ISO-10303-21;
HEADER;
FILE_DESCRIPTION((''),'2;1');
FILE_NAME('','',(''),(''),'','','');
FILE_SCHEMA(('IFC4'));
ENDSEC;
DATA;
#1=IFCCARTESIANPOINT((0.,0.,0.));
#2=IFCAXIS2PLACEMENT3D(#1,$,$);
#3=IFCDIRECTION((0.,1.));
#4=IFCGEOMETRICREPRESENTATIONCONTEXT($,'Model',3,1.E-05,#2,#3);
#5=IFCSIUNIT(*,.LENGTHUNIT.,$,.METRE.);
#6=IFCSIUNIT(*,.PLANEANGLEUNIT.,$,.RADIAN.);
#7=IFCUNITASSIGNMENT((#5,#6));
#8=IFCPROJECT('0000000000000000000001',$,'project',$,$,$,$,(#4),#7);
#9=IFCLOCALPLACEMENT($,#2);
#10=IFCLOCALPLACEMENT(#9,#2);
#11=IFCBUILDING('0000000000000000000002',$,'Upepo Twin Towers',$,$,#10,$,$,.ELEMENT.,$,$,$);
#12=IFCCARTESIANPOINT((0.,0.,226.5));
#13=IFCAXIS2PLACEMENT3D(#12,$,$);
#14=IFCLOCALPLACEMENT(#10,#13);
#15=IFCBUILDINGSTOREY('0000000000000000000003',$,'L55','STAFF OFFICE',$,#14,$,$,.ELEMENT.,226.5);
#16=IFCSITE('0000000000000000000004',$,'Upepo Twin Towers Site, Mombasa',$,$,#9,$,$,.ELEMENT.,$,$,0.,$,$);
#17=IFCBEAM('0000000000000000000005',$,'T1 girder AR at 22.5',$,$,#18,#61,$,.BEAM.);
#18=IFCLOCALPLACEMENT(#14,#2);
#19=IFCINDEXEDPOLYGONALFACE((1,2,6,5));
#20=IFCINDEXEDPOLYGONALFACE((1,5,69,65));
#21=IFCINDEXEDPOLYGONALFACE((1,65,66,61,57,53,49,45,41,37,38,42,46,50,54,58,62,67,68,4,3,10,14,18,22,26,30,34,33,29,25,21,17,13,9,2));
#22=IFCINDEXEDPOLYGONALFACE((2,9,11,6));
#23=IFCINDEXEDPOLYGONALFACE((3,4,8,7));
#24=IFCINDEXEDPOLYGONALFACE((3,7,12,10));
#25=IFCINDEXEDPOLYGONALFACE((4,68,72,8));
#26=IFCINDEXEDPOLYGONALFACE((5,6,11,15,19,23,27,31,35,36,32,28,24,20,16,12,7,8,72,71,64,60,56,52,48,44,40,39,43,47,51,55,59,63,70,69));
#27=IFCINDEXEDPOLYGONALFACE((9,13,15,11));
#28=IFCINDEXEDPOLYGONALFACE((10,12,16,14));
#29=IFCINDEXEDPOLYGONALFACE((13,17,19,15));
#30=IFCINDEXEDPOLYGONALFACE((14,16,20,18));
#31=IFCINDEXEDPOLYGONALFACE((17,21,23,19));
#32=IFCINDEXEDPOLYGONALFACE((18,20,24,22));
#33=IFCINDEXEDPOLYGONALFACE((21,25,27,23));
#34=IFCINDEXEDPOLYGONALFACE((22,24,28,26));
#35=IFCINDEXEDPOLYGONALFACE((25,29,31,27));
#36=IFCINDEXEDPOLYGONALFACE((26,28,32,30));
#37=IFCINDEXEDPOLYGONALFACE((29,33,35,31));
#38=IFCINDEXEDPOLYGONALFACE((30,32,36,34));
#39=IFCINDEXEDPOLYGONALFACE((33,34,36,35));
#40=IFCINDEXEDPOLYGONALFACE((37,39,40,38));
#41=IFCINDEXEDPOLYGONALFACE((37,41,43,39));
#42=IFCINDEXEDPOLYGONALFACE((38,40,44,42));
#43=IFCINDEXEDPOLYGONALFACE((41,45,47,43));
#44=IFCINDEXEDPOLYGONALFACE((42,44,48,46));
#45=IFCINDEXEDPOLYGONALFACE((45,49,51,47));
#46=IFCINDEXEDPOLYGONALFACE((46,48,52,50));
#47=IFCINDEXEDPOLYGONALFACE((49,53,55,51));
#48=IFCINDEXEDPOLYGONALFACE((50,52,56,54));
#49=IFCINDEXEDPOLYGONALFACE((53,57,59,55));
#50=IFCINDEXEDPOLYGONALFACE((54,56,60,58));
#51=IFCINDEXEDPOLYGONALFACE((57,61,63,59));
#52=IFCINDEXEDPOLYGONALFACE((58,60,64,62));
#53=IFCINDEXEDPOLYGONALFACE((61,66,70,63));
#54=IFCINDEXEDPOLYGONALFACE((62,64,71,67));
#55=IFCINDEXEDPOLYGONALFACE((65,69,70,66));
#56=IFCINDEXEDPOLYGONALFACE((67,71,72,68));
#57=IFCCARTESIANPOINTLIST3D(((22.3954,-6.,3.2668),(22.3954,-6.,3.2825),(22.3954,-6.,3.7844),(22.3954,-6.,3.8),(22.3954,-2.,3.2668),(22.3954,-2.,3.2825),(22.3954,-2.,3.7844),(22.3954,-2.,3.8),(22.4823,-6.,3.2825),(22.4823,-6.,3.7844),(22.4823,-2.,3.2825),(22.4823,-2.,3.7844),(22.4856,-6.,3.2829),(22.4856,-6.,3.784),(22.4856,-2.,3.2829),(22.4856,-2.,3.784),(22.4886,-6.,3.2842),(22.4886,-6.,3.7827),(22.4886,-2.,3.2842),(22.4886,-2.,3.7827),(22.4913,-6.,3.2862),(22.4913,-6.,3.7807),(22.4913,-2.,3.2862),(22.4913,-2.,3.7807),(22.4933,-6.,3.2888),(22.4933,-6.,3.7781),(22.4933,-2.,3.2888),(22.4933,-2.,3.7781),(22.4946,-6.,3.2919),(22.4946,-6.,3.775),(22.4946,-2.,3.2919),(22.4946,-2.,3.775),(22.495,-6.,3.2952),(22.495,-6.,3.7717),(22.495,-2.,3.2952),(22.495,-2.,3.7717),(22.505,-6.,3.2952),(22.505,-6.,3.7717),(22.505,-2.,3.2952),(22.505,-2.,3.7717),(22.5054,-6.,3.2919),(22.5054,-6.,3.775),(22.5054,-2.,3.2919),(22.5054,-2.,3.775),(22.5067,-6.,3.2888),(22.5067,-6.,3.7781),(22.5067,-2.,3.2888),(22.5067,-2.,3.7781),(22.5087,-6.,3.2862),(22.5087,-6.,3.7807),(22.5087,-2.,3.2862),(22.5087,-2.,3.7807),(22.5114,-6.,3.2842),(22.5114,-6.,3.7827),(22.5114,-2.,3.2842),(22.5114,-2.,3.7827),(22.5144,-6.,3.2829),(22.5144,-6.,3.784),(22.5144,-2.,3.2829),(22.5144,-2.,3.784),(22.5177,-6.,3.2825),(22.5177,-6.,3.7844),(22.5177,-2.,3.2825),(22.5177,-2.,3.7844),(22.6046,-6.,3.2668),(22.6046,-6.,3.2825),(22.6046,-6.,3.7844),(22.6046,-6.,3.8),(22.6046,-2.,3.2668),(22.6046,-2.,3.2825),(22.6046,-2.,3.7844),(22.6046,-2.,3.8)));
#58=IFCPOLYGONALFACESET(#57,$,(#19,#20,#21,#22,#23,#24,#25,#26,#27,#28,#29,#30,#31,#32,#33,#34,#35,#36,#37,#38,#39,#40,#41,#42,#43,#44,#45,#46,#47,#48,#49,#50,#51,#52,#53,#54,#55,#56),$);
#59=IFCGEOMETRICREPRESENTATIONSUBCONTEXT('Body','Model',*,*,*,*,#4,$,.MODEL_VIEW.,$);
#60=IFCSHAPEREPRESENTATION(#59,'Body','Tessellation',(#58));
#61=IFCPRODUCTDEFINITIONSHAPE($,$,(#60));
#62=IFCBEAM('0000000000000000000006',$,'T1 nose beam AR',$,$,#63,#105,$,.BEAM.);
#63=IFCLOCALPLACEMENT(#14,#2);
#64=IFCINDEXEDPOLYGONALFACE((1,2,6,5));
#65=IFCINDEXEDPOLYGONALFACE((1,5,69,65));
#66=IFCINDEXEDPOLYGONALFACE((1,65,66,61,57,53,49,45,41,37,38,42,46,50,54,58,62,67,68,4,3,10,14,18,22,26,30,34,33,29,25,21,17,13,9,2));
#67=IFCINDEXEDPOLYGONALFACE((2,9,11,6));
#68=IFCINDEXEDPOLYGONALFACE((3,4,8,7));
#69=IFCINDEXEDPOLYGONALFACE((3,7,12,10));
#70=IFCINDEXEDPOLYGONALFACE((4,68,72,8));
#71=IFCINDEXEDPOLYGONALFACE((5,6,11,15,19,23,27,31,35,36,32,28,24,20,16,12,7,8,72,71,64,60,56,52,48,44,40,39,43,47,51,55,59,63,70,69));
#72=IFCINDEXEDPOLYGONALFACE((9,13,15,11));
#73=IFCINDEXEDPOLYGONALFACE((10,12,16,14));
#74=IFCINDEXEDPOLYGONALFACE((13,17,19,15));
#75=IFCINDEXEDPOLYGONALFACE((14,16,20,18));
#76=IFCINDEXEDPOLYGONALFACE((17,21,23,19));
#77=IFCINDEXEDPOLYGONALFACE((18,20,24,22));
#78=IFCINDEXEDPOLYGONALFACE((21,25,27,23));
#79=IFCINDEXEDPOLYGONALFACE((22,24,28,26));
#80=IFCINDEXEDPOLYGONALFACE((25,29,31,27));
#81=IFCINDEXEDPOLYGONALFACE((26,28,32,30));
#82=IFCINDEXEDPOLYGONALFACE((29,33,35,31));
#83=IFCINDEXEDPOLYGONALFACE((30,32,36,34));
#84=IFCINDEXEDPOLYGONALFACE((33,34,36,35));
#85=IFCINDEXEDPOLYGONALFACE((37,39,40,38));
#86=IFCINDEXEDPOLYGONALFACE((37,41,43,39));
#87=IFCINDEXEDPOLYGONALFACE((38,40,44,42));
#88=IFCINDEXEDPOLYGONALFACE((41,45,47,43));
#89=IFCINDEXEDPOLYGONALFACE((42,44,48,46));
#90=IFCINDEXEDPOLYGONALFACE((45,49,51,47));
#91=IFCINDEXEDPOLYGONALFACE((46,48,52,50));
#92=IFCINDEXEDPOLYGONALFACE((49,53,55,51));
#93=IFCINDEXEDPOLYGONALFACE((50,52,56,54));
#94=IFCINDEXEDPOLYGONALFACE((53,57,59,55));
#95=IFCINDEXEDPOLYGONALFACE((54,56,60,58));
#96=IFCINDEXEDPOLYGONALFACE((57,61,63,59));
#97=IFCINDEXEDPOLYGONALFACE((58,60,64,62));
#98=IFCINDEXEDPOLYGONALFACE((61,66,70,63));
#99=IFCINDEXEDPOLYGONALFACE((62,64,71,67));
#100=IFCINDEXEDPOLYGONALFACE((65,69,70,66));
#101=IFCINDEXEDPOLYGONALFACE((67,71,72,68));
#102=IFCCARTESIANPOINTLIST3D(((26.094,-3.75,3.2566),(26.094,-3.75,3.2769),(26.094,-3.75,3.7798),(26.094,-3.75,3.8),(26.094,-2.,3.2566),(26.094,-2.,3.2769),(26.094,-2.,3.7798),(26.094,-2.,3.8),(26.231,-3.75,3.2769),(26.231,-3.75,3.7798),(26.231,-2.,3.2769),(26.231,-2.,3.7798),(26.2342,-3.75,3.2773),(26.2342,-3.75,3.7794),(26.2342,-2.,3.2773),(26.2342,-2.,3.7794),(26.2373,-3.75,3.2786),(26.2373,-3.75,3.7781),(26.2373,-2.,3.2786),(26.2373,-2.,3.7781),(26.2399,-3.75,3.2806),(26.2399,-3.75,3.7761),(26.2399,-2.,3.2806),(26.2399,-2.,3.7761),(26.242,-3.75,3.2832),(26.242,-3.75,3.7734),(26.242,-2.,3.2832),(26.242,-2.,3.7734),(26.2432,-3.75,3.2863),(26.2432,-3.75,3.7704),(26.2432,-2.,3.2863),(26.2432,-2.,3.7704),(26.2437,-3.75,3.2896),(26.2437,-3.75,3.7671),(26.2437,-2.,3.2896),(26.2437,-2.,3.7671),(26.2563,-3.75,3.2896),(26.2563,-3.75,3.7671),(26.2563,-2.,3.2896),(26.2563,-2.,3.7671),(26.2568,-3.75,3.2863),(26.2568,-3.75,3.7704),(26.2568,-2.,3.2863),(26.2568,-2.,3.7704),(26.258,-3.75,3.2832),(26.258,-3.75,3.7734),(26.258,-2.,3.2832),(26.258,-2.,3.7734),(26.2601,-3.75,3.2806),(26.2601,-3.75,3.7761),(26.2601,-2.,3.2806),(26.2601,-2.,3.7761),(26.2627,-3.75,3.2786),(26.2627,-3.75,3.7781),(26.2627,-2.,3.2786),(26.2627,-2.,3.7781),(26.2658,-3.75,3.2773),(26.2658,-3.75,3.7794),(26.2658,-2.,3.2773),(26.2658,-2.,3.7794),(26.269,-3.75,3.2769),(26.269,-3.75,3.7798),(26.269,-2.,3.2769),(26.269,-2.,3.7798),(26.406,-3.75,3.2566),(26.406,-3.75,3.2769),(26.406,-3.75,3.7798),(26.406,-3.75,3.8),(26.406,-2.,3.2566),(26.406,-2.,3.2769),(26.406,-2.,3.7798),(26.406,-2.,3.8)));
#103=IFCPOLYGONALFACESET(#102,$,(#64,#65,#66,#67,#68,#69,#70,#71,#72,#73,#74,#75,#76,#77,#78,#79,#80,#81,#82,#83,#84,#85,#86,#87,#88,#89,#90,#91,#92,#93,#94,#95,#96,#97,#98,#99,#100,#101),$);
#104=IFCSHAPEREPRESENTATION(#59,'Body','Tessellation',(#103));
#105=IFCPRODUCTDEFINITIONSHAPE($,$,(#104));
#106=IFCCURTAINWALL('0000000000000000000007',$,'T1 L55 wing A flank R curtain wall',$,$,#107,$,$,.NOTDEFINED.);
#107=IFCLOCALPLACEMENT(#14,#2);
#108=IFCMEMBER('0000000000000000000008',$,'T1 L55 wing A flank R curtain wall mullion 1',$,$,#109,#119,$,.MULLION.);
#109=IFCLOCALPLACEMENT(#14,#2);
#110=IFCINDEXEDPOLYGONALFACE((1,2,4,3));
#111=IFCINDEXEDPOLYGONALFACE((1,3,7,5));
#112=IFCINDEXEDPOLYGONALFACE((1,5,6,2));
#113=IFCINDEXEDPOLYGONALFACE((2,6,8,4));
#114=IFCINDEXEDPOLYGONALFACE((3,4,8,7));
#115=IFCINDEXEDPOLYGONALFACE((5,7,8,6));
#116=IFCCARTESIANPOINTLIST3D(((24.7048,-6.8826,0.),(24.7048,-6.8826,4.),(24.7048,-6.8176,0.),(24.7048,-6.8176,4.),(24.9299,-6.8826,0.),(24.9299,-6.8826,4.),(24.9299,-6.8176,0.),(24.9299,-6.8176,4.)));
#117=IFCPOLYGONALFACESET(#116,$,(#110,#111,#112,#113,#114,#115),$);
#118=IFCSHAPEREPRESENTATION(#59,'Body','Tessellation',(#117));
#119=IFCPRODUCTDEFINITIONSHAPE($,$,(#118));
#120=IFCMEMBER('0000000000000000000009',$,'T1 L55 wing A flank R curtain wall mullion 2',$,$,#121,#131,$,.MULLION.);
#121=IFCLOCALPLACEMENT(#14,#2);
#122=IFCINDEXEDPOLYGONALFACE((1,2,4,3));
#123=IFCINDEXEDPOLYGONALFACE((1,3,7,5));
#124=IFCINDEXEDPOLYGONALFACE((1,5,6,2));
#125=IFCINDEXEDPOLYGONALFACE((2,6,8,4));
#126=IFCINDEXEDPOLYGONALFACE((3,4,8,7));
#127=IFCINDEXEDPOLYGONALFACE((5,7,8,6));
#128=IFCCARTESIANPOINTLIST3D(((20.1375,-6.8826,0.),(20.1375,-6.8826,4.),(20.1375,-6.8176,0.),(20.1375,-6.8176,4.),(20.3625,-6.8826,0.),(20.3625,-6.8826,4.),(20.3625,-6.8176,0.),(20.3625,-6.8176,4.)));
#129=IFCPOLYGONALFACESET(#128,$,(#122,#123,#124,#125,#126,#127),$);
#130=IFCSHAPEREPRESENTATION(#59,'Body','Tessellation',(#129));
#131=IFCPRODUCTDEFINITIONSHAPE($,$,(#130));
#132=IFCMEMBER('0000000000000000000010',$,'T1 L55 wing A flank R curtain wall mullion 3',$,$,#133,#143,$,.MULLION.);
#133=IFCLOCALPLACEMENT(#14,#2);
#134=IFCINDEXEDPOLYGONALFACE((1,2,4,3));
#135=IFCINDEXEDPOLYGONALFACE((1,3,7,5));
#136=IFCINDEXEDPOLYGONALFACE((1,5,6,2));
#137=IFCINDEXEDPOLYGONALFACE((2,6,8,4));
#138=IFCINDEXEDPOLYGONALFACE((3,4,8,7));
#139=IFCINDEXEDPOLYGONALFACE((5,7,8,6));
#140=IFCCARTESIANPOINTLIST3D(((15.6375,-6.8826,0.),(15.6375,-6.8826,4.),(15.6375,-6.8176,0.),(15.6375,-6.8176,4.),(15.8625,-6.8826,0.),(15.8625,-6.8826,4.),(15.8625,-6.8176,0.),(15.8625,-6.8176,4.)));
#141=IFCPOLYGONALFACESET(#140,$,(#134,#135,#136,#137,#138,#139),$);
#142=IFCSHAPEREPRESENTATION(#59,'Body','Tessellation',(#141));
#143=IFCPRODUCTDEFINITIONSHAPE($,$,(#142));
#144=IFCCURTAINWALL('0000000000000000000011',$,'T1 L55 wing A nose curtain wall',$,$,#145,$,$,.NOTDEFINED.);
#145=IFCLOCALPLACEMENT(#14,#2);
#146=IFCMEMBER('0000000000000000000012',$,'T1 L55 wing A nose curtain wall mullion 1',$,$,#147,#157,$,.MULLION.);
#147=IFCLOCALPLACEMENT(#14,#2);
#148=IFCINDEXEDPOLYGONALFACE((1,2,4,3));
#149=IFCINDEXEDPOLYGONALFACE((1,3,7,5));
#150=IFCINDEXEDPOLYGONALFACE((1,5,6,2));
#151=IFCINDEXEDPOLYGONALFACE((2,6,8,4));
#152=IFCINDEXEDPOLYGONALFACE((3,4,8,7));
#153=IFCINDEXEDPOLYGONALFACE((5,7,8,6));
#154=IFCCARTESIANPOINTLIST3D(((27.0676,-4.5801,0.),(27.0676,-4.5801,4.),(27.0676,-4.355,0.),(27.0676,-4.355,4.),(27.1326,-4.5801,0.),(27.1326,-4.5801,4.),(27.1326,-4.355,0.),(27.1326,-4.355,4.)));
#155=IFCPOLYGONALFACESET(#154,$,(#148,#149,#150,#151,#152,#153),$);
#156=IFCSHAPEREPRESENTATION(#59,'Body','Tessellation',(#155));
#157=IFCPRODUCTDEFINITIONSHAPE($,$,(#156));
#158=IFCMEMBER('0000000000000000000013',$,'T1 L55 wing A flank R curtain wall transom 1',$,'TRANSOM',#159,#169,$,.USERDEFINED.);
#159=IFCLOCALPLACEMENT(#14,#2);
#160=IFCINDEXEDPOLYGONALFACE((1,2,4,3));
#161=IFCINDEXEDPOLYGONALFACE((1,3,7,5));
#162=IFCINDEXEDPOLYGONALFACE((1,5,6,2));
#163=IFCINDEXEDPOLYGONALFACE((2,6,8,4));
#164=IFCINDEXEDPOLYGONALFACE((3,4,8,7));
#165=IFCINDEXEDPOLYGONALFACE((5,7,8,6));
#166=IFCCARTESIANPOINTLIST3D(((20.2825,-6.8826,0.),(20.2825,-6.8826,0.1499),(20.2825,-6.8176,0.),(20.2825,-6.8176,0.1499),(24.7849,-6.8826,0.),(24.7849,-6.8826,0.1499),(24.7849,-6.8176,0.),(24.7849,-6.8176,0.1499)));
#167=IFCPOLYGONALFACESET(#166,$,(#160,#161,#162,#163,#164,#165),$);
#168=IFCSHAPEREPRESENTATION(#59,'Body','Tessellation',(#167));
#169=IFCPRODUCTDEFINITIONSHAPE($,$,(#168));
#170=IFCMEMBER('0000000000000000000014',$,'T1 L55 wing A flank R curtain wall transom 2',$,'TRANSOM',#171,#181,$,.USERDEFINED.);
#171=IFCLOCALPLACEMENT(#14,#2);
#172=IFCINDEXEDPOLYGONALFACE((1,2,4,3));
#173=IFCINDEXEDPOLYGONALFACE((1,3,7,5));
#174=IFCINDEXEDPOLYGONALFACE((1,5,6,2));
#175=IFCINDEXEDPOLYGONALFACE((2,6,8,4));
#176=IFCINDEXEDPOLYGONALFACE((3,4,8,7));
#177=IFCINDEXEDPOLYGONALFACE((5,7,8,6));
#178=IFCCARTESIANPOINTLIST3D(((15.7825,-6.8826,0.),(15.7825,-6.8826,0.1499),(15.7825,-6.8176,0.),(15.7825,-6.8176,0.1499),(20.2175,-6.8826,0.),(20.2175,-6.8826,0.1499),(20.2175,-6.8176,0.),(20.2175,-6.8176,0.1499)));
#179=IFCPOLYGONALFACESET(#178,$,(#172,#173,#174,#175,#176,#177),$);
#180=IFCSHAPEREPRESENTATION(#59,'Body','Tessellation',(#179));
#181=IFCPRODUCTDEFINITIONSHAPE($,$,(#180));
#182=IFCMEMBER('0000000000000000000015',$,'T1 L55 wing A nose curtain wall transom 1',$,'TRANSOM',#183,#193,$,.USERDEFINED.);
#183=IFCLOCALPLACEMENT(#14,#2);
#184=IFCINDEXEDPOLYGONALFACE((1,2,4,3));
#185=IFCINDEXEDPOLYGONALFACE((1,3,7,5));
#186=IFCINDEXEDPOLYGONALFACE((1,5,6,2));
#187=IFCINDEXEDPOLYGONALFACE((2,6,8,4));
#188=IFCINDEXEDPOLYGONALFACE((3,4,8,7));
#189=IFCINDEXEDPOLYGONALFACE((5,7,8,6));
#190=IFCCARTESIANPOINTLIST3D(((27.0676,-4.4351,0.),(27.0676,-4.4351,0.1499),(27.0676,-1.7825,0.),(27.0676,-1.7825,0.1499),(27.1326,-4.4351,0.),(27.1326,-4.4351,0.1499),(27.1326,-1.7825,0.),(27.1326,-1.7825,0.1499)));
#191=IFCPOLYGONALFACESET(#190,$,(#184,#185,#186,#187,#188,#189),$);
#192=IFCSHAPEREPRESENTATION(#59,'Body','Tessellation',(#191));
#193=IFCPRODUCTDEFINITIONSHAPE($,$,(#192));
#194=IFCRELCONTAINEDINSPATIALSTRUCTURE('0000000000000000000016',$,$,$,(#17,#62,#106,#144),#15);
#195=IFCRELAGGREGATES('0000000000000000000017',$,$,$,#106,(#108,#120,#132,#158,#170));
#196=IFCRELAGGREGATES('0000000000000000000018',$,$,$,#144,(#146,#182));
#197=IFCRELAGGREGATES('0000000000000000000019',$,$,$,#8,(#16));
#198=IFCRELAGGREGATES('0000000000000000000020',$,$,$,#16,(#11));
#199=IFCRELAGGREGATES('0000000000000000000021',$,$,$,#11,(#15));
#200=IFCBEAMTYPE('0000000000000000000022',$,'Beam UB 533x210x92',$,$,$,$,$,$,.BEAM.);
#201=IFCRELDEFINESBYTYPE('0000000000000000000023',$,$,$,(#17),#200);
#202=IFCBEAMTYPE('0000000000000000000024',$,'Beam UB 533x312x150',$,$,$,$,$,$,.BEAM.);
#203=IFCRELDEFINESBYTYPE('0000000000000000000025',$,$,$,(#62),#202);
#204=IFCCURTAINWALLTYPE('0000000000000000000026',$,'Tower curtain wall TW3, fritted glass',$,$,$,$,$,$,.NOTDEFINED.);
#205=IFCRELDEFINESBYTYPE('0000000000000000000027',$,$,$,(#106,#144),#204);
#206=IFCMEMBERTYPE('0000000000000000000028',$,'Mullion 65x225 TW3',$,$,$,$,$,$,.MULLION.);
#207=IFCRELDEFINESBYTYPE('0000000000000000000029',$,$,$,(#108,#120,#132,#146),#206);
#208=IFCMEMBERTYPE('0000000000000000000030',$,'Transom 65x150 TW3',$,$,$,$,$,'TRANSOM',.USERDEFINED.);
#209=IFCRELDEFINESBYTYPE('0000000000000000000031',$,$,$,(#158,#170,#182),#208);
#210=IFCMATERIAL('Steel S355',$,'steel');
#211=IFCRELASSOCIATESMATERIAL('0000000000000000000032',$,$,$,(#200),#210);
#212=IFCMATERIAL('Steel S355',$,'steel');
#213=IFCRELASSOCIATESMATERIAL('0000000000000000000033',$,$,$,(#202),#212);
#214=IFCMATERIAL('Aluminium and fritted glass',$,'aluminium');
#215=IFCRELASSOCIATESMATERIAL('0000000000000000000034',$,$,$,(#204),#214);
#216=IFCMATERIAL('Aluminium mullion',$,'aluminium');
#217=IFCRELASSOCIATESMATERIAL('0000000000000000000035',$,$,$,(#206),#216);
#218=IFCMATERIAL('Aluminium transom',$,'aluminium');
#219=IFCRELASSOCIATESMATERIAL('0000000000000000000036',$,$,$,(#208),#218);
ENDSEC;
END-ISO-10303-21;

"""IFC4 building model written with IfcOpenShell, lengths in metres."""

from ifc_helpers import new_model, si_unit, direction, frame, origin, origin_2d, place, context, subcontext, project, spatial, rectangle, i_section, extrude, material, material_profile, profile_set, type_object, element, aggregate, save


model = new_model("IFC4")

# Units and contexts
model_context = context("Model", 3, precision=1e-05, world=origin(), true_north=direction((0.0, 1.0)))
body_context = subcontext(model_context, "Body", "Model", "MODEL_VIEW")
ifc_project = project(units=[si_unit("LENGTHUNIT", "METRE"), si_unit("PLANEANGLEUNIT", "RADIAN")], contexts=[model_context])

# Site, building, storey
site_placement = place(None, origin())
site = spatial("IfcSite", under=ifc_project, at=site_placement, Name="Upepo Twin Towers Site, Mombasa", CompositionType="ELEMENT", RefElevation=0.0)
building_placement = place(site_placement, origin())
building = spatial("IfcBuilding", under=site, at=building_placement, Name="Upepo Twin Towers", CompositionType="ELEMENT")
storey_placement = place(building_placement, frame((0.0, 0.0, 226.5)))
storey = spatial("IfcBuildingStorey", under=building, at=storey_placement, Name="L55", Description="STAFF OFFICE", CompositionType="ELEMENT", Elevation=226.5)

# Beams
ifc_material_1 = material(Name="Steel S355", Category="steel")
ifc_material_profile_1 = material_profile(ifc_material_1, i_section(OverallWidth=0.2092, OverallDepth=0.5332, WebThickness=0.01, FlangeThickness=0.0156, FilletRadius=0.0127, at=origin_2d()), Name="UB 533x210x92")
ifc_profile_set_1 = profile_set([ifc_material_profile_1], Name="Steel S355")
beam_type_1 = type_object("IfcBeamType", Name="Beam UB 533x210x92", PredefinedType="BEAM", material=ifc_profile_set_1)
for number, where, z_axis, x_axis, name in (
    (1, (22.5, -6.0, 3.5334), (0.0, 1.0, 0.0), (-1.0, 0.0, 0.0), "T1 girder AR at 22.5"),
):
    element("IfcBeam", number, at=place(storey_placement, frame(where, z_axis=z_axis, x_axis=x_axis)), inside=storey, type_object=beam_type_1, Name=name, PredefinedType="BEAM", context=body_context, shape_type="SweptSolid", body=[
        extrude(i_section(OverallWidth=0.2092, OverallDepth=0.5332, WebThickness=0.01, FlangeThickness=0.0156, FilletRadius=0.0127, at=origin_2d()), origin(), (0.0, 0.0, 1.0), 4.0),
    ])
ifc_material_2 = material(Name="Steel S355", Category="steel")
ifc_material_profile_2 = material_profile(ifc_material_2, i_section(OverallWidth=0.312, OverallDepth=0.5435, WebThickness=0.0127, FlangeThickness=0.0203, FilletRadius=0.0127, at=origin_2d()), Name="UB 533x312x150")
ifc_profile_set_2 = profile_set([ifc_material_profile_2], Name="Steel S355")
beam_type_2 = type_object("IfcBeamType", Name="Beam UB 533x312x150", PredefinedType="BEAM", material=ifc_profile_set_2)
beam_1_placement = place(storey_placement, frame((26.25, -3.75, 3.5283), z_axis=(0.0, 1.0, 0.0), x_axis=(-1.0, 0.0, 0.0)))
element("IfcBeam", 2, at=beam_1_placement, inside=storey, type_object=beam_type_2, Name="T1 nose beam AR", PredefinedType="BEAM", context=body_context, shape_type="SweptSolid", body=[
    extrude(i_section(OverallWidth=0.312, OverallDepth=0.5435, WebThickness=0.0127, FlangeThickness=0.0203, FilletRadius=0.0127, at=origin_2d()), origin(), (0.0, 0.0, 1.0), 1.75),
])

# Curtain wall, members
ifc_material_3 = material(Name="Aluminium and fritted glass", Category="aluminium")
curtain_wall_type = type_object("IfcCurtainWallType", Name="Tower curtain wall TW3, fritted glass", PredefinedType="NOTDEFINED", material=ifc_material_3)
curtain_wall_1_placement = place(storey_placement, origin())
curtain_wall_1 = element("IfcCurtainWall", 3, at=curtain_wall_1_placement, inside=storey, type_object=curtain_wall_type, Name="T1 L55 wing A flank R curtain wall", PredefinedType="NOTDEFINED")
ifc_material_4 = material(Name="Aluminium mullion", Category="aluminium")
ifc_material_profile_3 = material_profile(ifc_material_4, rectangle(XDim=0.0649, YDim=0.2251, at=origin_2d()), Name="MULLION 65x225")
ifc_profile_set_3 = profile_set([ifc_material_profile_3], Name="Aluminium mullion")
member_type_1 = type_object("IfcMemberType", Name="Mullion 65x225 TW3", PredefinedType="MULLION", material=ifc_profile_set_3)
member_1_placement = place(storey_placement, frame((24.8174, -6.8501, 0.0), z_axis=(0.0, 0.0, 1.0), x_axis=(0.0, -1.0, 0.0)))
member_1 = element("IfcMember", 4, at=member_1_placement, type_object=member_type_1, Name="T1 L55 wing A flank R curtain wall mullion 1", PredefinedType="MULLION", context=body_context, shape_type="SweptSolid", body=[
    extrude(rectangle(XDim=0.0649, YDim=0.2251, at=origin_2d()), origin(), (0.0, 0.0, 1.0), 4.0),
])
member_2_placement = place(storey_placement, frame((20.25, -6.8501, 0.0), z_axis=(0.0, 0.0, 1.0), x_axis=(0.0, -1.0, 0.0)))
member_2 = element("IfcMember", 5, at=member_2_placement, type_object=member_type_1, Name="T1 L55 wing A flank R curtain wall mullion 2", PredefinedType="MULLION", context=body_context, shape_type="SweptSolid", body=[
    extrude(rectangle(XDim=0.0649, YDim=0.2251, at=origin_2d()), origin(), (0.0, 0.0, 1.0), 4.0),
])
member_3_placement = place(storey_placement, frame((15.75, -6.8501, 0.0), z_axis=(0.0, 0.0, 1.0), x_axis=(0.0, -1.0, 0.0)))
member_3 = element("IfcMember", 6, at=member_3_placement, type_object=member_type_1, Name="T1 L55 wing A flank R curtain wall mullion 3", PredefinedType="MULLION", context=body_context, shape_type="SweptSolid", body=[
    extrude(rectangle(XDim=0.0649, YDim=0.2251, at=origin_2d()), origin(), (0.0, 0.0, 1.0), 4.0),
])

# Curtain wall, member
curtain_wall_2_placement = place(storey_placement, origin())
curtain_wall_2 = element("IfcCurtainWall", 7, at=curtain_wall_2_placement, inside=storey, type_object=curtain_wall_type, Name="T1 L55 wing A nose curtain wall", PredefinedType="NOTDEFINED")
member_4_placement = place(storey_placement, frame((27.1001, -4.4675, 0.0), z_axis=(0.0, 0.0, 1.0), x_axis=(-1.0, 0.0, 0.0)))
member_4 = element("IfcMember", 8, at=member_4_placement, type_object=member_type_1, Name="T1 L55 wing A nose curtain wall mullion 1", PredefinedType="MULLION", context=body_context, shape_type="SweptSolid", body=[
    extrude(rectangle(XDim=0.0649, YDim=0.2251, at=origin_2d()), origin(), (0.0, 0.0, 1.0), 4.0),
])

# Members
ifc_material_5 = material(Name="Aluminium transom", Category="aluminium")
ifc_material_profile_4 = material_profile(ifc_material_5, rectangle(XDim=0.0649, YDim=0.1499, at=origin_2d()), Name="TRANSOM 65x150")
ifc_profile_set_4 = profile_set([ifc_material_profile_4], Name="Aluminium transom")
member_type_2 = type_object("IfcMemberType", Name="Transom 65x150 TW3", ElementType="TRANSOM", PredefinedType="USERDEFINED", material=ifc_profile_set_4)
member_5_placement = place(storey_placement, frame((24.7849, -6.8501, 0.075), z_axis=(-1.0, 0.0, 0.0), x_axis=(0.0, -1.0, 0.0)))
member_5 = element("IfcMember", 9, at=member_5_placement, type_object=member_type_2, Name="T1 L55 wing A flank R curtain wall transom 1", ObjectType="TRANSOM", PredefinedType="USERDEFINED", context=body_context, shape_type="SweptSolid", body=[
    extrude(rectangle(XDim=0.0649, YDim=0.1499, at=origin_2d()), origin(), (0.0, 0.0, 1.0), 4.5024),
])
member_6_placement = place(storey_placement, frame((20.2175, -6.8501, 0.075), z_axis=(-1.0, 0.0, 0.0), x_axis=(0.0, -1.0, 0.0)))
member_6 = element("IfcMember", 10, at=member_6_placement, type_object=member_type_2, Name="T1 L55 wing A flank R curtain wall transom 2", ObjectType="TRANSOM", PredefinedType="USERDEFINED", context=body_context, shape_type="SweptSolid", body=[
    extrude(rectangle(XDim=0.0649, YDim=0.1499, at=origin_2d()), origin(), (0.0, 0.0, 1.0), 4.4351),
])
member_7_placement = place(storey_placement, frame((27.1001, -4.4351, 0.075), z_axis=(0.0, 1.0, 0.0), x_axis=(-1.0, 0.0, 0.0)))
member_7 = element("IfcMember", 11, at=member_7_placement, type_object=member_type_2, Name="T1 L55 wing A nose curtain wall transom 1", ObjectType="TRANSOM", PredefinedType="USERDEFINED", context=body_context, shape_type="SweptSolid", body=[
    extrude(rectangle(XDim=0.0649, YDim=0.1499, at=origin_2d()), origin(), (0.0, 0.0, 1.0), 2.6526),
])

aggregate(curtain_wall_1, [member_1, member_2, member_3, member_5, member_6])
aggregate(curtain_wall_2, [member_4, member_7])

save(model, "model.ifc")
